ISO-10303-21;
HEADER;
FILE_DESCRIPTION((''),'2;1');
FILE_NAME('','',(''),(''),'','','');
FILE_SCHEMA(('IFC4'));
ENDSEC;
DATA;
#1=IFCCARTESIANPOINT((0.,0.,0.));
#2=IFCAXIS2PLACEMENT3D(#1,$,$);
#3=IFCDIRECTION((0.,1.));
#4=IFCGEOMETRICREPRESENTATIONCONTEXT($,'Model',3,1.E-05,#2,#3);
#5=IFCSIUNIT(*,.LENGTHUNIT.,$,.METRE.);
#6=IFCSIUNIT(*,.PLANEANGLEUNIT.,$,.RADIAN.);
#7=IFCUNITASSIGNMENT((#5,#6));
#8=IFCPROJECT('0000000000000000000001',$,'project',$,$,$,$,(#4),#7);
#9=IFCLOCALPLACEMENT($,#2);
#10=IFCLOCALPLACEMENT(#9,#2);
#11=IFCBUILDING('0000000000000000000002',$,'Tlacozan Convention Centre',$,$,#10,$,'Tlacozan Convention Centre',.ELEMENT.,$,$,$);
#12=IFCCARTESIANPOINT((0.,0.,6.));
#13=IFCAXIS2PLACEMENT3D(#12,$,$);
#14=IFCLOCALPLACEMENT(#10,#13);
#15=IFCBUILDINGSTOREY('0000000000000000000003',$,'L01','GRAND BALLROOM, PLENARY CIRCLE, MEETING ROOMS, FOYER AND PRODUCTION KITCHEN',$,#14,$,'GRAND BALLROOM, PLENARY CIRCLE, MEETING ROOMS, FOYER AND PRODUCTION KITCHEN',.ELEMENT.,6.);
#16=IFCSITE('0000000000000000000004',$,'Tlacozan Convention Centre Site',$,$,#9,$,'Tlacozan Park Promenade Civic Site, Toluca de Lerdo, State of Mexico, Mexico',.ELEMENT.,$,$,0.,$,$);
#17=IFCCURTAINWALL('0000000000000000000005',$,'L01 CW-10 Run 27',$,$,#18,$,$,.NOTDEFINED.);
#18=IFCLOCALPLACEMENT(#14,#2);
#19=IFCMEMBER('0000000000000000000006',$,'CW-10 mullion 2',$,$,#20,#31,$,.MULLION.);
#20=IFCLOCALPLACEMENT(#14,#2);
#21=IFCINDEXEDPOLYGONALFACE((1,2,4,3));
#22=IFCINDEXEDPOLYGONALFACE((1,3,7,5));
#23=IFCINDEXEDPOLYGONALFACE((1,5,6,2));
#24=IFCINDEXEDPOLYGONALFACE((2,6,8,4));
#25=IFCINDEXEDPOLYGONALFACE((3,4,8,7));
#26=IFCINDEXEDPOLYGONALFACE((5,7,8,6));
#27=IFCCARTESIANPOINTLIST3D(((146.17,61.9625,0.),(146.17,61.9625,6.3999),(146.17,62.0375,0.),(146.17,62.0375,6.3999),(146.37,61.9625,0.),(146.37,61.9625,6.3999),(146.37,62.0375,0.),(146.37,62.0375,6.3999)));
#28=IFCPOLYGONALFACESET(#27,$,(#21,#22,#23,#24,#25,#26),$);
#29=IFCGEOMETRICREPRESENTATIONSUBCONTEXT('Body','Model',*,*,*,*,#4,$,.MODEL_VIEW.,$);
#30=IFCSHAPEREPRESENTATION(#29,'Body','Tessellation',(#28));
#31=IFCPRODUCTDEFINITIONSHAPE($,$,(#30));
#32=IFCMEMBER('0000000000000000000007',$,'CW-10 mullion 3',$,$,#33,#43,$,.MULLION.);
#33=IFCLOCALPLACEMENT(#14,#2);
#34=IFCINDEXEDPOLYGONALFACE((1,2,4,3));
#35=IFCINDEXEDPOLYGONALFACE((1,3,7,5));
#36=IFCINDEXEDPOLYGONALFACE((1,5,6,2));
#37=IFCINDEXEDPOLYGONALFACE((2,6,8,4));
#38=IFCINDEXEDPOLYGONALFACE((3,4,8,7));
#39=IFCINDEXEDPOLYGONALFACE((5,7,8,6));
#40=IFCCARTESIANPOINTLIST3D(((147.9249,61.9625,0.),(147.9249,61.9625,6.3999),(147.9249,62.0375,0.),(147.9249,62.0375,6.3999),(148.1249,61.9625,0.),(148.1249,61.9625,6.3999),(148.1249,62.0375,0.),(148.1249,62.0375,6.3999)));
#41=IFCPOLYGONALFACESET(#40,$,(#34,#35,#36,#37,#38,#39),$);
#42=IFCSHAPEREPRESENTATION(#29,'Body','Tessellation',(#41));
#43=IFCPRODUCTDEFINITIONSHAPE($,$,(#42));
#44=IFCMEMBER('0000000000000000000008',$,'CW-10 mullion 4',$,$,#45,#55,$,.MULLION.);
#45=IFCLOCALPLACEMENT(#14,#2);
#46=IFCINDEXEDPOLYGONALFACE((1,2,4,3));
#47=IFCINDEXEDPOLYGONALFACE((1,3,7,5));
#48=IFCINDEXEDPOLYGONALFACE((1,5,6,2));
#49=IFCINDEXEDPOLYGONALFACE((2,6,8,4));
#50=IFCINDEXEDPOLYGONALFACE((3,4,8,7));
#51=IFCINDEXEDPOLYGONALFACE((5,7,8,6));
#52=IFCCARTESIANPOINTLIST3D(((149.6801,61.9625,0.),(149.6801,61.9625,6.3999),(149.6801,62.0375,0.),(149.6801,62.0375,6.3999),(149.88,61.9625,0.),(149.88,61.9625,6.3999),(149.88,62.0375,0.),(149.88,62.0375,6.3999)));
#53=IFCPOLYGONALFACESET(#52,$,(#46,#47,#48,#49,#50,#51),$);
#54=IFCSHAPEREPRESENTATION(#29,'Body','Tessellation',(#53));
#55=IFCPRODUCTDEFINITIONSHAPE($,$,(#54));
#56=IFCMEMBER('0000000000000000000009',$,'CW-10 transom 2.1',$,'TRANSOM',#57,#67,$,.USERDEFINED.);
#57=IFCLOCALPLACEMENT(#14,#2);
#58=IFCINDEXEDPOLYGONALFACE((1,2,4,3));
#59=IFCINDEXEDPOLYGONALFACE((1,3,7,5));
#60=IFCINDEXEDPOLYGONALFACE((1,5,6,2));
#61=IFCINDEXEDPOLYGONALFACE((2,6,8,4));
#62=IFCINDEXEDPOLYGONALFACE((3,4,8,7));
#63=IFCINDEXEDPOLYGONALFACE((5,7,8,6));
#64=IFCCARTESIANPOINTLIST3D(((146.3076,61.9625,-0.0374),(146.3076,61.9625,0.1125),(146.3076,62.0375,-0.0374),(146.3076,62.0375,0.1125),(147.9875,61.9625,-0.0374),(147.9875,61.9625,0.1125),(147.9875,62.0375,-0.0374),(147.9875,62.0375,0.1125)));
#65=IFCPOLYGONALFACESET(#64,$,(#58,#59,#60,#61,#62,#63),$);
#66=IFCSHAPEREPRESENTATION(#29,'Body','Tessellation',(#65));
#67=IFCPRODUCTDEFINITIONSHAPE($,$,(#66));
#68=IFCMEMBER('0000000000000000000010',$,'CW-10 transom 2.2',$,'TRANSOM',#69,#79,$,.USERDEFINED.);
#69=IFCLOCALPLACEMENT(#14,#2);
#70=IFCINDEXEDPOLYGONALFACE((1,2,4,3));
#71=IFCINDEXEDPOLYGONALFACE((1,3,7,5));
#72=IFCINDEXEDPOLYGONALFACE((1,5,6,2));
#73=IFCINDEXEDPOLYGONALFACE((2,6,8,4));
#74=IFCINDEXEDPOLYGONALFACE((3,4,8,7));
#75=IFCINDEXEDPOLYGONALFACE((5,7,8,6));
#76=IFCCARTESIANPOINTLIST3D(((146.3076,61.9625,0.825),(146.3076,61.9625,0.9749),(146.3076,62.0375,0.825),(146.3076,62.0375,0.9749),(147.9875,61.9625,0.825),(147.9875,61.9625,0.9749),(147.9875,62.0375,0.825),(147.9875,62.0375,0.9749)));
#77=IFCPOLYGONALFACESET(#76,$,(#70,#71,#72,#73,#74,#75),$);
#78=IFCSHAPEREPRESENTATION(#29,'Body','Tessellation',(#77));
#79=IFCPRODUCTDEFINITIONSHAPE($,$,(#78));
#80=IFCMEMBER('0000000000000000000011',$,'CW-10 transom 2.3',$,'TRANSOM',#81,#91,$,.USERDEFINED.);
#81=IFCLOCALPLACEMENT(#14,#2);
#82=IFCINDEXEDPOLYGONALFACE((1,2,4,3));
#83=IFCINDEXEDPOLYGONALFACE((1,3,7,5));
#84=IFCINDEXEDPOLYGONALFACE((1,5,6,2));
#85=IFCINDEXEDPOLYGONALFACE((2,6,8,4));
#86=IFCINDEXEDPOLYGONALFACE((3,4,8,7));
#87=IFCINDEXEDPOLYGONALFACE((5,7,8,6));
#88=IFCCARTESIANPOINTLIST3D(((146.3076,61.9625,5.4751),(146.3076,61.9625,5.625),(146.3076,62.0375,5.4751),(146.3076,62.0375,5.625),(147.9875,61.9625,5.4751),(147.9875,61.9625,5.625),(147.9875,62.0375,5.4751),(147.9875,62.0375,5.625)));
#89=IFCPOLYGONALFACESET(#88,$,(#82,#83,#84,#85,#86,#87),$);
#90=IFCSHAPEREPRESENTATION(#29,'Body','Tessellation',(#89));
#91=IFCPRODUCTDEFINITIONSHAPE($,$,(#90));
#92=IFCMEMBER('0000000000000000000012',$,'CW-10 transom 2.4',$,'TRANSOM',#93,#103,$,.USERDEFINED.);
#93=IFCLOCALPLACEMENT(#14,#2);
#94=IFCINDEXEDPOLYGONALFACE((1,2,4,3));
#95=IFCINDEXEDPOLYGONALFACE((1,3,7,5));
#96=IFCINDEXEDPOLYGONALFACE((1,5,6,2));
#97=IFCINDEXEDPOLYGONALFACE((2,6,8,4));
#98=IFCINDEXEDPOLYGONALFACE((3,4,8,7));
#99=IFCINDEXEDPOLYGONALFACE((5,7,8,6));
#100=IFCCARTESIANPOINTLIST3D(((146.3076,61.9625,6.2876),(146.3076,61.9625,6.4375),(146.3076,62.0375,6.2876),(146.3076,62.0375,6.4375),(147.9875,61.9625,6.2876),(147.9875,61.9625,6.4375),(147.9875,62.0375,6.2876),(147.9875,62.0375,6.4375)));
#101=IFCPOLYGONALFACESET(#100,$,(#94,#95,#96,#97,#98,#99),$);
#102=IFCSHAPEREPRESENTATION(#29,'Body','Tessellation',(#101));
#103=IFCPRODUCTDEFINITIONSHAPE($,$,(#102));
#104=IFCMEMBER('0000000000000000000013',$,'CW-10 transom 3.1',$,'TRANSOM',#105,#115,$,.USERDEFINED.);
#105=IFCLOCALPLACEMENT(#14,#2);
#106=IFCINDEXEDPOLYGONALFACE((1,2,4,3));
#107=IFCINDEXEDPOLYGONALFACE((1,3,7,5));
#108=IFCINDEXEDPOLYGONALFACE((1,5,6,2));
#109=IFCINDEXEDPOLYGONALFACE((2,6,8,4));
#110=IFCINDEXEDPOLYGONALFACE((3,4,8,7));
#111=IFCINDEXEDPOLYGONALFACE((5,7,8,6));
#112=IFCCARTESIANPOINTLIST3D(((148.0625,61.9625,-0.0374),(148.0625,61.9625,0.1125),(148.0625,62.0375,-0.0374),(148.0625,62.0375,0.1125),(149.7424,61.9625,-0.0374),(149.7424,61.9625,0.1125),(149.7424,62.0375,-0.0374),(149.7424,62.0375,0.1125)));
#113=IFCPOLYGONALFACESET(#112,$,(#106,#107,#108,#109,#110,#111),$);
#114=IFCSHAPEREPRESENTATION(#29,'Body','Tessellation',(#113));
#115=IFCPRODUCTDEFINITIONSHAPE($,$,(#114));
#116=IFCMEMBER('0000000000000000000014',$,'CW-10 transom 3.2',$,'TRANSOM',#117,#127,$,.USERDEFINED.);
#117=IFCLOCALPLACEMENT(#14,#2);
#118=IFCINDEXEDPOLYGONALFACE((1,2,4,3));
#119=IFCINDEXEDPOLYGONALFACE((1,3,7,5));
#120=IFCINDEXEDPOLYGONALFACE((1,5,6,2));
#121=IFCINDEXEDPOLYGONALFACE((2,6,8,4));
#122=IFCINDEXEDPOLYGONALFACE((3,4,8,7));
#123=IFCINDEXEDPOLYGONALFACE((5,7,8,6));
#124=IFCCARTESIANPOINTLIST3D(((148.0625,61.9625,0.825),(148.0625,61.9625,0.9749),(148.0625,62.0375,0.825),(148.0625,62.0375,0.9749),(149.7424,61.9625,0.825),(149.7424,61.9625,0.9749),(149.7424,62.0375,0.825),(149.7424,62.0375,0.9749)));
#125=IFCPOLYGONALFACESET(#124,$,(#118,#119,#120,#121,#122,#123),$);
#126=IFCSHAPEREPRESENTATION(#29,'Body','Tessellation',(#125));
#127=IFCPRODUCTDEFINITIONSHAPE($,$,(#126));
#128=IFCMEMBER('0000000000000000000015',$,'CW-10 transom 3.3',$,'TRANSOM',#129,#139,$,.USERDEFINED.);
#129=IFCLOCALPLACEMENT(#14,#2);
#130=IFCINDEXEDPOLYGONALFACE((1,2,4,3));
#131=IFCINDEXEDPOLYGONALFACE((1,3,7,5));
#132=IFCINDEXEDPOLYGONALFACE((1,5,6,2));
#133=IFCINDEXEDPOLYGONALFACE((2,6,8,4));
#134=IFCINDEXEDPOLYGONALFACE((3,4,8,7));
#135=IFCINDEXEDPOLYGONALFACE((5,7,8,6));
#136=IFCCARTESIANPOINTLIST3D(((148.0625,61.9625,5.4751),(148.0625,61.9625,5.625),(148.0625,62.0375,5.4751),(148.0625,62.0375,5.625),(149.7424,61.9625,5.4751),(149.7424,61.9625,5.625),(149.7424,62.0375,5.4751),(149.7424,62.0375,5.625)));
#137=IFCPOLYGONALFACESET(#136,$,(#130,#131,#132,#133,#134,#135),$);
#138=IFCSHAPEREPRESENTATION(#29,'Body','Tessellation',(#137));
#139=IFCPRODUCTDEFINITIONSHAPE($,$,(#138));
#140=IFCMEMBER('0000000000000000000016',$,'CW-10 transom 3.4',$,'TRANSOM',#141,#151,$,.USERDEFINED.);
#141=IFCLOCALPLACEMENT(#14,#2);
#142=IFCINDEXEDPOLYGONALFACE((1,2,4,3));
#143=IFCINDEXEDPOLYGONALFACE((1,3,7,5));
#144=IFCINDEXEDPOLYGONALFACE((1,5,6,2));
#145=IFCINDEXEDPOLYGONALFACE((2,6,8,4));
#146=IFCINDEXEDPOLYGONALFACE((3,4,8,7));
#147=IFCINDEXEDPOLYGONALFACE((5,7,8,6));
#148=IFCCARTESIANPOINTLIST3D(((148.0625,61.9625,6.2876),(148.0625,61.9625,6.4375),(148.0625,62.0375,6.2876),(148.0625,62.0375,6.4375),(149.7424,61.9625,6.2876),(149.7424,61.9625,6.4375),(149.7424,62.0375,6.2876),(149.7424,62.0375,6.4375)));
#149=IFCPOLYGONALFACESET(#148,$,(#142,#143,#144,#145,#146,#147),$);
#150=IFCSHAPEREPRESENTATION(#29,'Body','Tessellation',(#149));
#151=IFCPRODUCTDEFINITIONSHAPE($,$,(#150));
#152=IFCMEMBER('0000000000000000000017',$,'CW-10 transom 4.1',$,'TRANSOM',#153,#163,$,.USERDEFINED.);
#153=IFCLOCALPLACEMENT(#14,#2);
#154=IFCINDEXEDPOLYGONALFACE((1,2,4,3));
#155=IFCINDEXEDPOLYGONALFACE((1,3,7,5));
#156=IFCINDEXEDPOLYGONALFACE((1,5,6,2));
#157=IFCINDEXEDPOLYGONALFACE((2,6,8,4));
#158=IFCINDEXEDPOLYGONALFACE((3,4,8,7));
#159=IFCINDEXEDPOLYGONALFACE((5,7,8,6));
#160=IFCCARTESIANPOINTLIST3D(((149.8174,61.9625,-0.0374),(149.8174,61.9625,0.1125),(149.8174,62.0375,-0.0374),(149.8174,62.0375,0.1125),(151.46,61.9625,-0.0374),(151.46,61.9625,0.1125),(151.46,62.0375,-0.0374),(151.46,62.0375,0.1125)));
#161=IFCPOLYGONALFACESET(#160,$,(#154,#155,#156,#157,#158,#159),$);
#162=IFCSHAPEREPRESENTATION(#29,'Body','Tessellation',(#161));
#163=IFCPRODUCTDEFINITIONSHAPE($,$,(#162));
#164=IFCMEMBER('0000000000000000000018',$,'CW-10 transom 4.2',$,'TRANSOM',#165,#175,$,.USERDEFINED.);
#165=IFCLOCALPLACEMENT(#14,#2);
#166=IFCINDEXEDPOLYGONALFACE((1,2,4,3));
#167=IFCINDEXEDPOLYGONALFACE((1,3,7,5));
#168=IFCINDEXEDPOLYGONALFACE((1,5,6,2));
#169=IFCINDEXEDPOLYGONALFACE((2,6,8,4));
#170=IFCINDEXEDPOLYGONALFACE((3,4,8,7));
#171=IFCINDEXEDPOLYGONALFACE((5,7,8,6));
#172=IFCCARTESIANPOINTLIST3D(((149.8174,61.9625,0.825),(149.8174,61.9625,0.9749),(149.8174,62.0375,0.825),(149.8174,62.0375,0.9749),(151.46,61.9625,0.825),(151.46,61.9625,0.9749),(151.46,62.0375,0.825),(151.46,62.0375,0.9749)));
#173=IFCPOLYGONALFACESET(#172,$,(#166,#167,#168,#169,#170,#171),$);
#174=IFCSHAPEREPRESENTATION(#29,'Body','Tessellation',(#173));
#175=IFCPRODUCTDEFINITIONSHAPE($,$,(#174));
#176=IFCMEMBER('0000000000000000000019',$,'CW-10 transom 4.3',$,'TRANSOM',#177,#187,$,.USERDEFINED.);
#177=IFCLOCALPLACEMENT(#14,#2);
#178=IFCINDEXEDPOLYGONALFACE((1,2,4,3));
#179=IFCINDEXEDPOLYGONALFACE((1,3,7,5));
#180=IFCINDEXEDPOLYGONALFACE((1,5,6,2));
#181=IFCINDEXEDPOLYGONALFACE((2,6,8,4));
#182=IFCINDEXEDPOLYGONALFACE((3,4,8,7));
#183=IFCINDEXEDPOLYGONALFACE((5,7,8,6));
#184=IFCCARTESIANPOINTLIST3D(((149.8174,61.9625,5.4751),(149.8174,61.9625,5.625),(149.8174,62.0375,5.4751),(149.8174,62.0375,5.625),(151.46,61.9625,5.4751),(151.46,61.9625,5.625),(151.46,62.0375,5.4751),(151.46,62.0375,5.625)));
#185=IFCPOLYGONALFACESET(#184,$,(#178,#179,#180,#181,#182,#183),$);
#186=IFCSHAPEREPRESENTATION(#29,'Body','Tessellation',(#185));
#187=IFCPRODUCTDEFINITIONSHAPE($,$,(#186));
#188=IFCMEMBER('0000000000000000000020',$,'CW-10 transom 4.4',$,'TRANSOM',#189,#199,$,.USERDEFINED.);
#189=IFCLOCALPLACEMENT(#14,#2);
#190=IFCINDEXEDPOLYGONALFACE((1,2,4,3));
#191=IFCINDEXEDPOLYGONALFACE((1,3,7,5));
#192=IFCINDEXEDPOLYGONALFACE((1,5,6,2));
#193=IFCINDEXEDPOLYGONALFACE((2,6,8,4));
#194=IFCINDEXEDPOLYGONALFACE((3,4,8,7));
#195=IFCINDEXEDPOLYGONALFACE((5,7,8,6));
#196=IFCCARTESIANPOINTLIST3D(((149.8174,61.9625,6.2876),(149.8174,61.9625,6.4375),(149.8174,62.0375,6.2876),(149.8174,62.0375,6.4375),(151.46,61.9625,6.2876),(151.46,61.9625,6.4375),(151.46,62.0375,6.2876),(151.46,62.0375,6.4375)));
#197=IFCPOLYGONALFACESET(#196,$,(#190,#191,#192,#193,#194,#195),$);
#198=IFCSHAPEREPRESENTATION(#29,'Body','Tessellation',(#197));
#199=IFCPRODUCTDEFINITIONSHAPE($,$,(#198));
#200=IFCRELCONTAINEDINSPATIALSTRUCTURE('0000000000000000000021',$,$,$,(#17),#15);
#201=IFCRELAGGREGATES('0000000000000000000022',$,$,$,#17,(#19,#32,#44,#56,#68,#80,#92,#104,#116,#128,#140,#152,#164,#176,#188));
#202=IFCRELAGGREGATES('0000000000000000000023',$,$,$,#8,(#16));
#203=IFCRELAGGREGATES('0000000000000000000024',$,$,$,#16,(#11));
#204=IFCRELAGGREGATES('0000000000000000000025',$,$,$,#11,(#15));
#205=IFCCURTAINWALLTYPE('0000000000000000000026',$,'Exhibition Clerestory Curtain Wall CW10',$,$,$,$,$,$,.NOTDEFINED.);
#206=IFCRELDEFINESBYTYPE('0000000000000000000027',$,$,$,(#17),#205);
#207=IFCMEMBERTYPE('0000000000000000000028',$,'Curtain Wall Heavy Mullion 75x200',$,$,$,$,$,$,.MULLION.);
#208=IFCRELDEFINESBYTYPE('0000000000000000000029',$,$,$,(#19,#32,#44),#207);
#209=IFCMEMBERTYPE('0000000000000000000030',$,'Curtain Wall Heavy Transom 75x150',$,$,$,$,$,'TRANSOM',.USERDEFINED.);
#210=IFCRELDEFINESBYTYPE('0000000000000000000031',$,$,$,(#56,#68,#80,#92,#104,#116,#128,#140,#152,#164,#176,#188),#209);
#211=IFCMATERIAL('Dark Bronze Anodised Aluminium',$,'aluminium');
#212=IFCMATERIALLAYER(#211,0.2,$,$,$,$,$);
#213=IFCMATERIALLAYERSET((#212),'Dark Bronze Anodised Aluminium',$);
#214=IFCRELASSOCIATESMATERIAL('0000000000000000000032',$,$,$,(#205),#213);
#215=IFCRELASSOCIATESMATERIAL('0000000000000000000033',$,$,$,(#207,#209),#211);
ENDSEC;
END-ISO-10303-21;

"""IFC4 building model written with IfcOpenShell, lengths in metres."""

from ifc_helpers import new_model, si_unit, direction, frame, origin, origin_2d, place, context, subcontext, project, spatial, rectangle, extrude, material, layer, layer_set, material_profile, profile_set, type_object, element, aggregate, save


model = new_model("IFC4")

# Units and contexts
model_context = context("Model", 3, precision=1e-05, world=origin(), true_north=direction((0.0, 1.0)))
body_context = subcontext(model_context, "Body", "Model", "MODEL_VIEW")
ifc_project = project(units=[si_unit("LENGTHUNIT", "METRE"), si_unit("PLANEANGLEUNIT", "RADIAN")], contexts=[model_context])

# Site, building, storey
site_placement = place(None, origin())
site = spatial("IfcSite", under=ifc_project, at=site_placement, Name="Tlacozan Convention Centre Site", LongName="Tlacozan Park Promenade Civic Site, Toluca de Lerdo, State of Mexico, Mexico", CompositionType="ELEMENT", RefElevation=0.0)
building_placement = place(site_placement, origin())
building = spatial("IfcBuilding", under=site, at=building_placement, Name="Tlacozan Convention Centre", LongName="Tlacozan Convention Centre", CompositionType="ELEMENT")
storey_placement = place(building_placement, frame((0.0, 0.0, 6.0)))
storey = spatial("IfcBuildingStorey", under=building, at=storey_placement, Name="L01", Description="GRAND BALLROOM, PLENARY CIRCLE, MEETING ROOMS, FOYER AND PRODUCTION KITCHEN", LongName="GRAND BALLROOM, PLENARY CIRCLE, MEETING ROOMS, FOYER AND PRODUCTION KITCHEN", CompositionType="ELEMENT", Elevation=6.0)

# Curtain wall, members
ifc_material_1 = material(Name="Dark Bronze Anodised Aluminium", Category="aluminium")
ifc_layer_1 = layer(ifc_material_1, 0.2)
ifc_layer_set_1 = layer_set([ifc_layer_1], Name="Dark Bronze Anodised Aluminium")
curtain_wall_type = type_object("IfcCurtainWallType", Name="Exhibition Clerestory Curtain Wall CW10", PredefinedType="NOTDEFINED", material=ifc_layer_set_1)
curtain_wall_placement = place(storey_placement, origin())
curtain_wall = element("IfcCurtainWall", 1, at=curtain_wall_placement, inside=storey, type_object=curtain_wall_type, Name="L01 CW-10 Run 27", PredefinedType="NOTDEFINED")
ifc_material_profile_1 = material_profile(ifc_material_1, rectangle(XDim=0.075, YDim=0.2, at=origin_2d()), Name="ALU 75x200")
ifc_profile_set_1 = profile_set([ifc_material_profile_1], Name="Dark Bronze Anodised Aluminium")
member_type_1 = type_object("IfcMemberType", Name="Curtain Wall Heavy Mullion 75x200", PredefinedType="MULLION", material=ifc_profile_set_1)
member_1_placement = place(storey_placement, frame((146.27, 62.0, 0.0), z_axis=(0.0, 0.0, 1.0), x_axis=(0.0, 1.0, 0.0)))
member_1 = element("IfcMember", 2, at=member_1_placement, type_object=member_type_1, Name="CW-10 mullion 2", PredefinedType="MULLION", context=body_context, shape_type="SweptSolid", body=[
    extrude(rectangle(XDim=0.075, YDim=0.2, at=origin_2d()), origin(), (0.0, 0.0, 1.0), 6.3999),
])
member_2_placement = place(storey_placement, frame((148.0249, 62.0, 0.0), z_axis=(0.0, 0.0, 1.0), x_axis=(0.0, 1.0, 0.0)))
member_2 = element("IfcMember", 3, at=member_2_placement, type_object=member_type_1, Name="CW-10 mullion 3", PredefinedType="MULLION", context=body_context, shape_type="SweptSolid", body=[
    extrude(rectangle(XDim=0.075, YDim=0.2, at=origin_2d()), origin(), (0.0, 0.0, 1.0), 6.3999),
])
member_3_placement = place(storey_placement, frame((149.78, 62.0, 0.0), z_axis=(0.0, 0.0, 1.0), x_axis=(0.0, 1.0, 0.0)))
member_3 = element("IfcMember", 4, at=member_3_placement, type_object=member_type_1, Name="CW-10 mullion 4", PredefinedType="MULLION", context=body_context, shape_type="SweptSolid", body=[
    extrude(rectangle(XDim=0.075, YDim=0.2, at=origin_2d()), origin(), (0.0, 0.0, 1.0), 6.3999),
])
ifc_material_profile_2 = material_profile(ifc_material_1, rectangle(XDim=0.075, YDim=0.1499, at=origin_2d()), Name="ALU 75x150")
ifc_profile_set_2 = profile_set([ifc_material_profile_2], Name="Dark Bronze Anodised Aluminium")
member_type_2 = type_object("IfcMemberType", Name="Curtain Wall Heavy Transom 75x150", ElementType="TRANSOM", PredefinedType="USERDEFINED", material=ifc_profile_set_2)
member_4_placement = place(storey_placement, frame((146.3076, 62.0, 0.0376), z_axis=(1.0, 0.0, 0.0), x_axis=(0.0, 1.0, 0.0)))
member_4 = element("IfcMember", 5, at=member_4_placement, type_object=member_type_2, Name="CW-10 transom 2.1", ObjectType="TRANSOM", PredefinedType="USERDEFINED", context=body_context, shape_type="SweptSolid", body=[
    extrude(rectangle(XDim=0.075, YDim=0.1499, at=origin_2d()), origin(), (0.0, 0.0, 1.0), 1.6799),
])
member_5_placement = place(storey_placement, frame((146.3076, 62.0, 0.8999), z_axis=(1.0, 0.0, 0.0), x_axis=(0.0, 1.0, 0.0)))
member_5 = element("IfcMember", 6, at=member_5_placement, type_object=member_type_2, Name="CW-10 transom 2.2", ObjectType="TRANSOM", PredefinedType="USERDEFINED", context=body_context, shape_type="SweptSolid", body=[
    extrude(rectangle(XDim=0.075, YDim=0.1499, at=origin_2d()), origin(), (0.0, 0.0, 1.0), 1.6799),
])
member_6_placement = place(storey_placement, frame((146.3076, 62.0, 5.55), z_axis=(1.0, 0.0, 0.0), x_axis=(0.0, 1.0, 0.0)))
member_6 = element("IfcMember", 7, at=member_6_placement, type_object=member_type_2, Name="CW-10 transom 2.3", ObjectType="TRANSOM", PredefinedType="USERDEFINED", context=body_context, shape_type="SweptSolid", body=[
    extrude(rectangle(XDim=0.075, YDim=0.1499, at=origin_2d()), origin(), (0.0, 0.0, 1.0), 1.6799),
])
member_7_placement = place(storey_placement, frame((146.3076, 62.0, 6.3625), z_axis=(1.0, 0.0, 0.0), x_axis=(0.0, 1.0, 0.0)))
member_7 = element("IfcMember", 8, at=member_7_placement, type_object=member_type_2, Name="CW-10 transom 2.4", ObjectType="TRANSOM", PredefinedType="USERDEFINED", context=body_context, shape_type="SweptSolid", body=[
    extrude(rectangle(XDim=0.075, YDim=0.1499, at=origin_2d()), origin(), (0.0, 0.0, 1.0), 1.6799),
])
member_8_placement = place(storey_placement, frame((148.0625, 62.0, 0.0376), z_axis=(1.0, 0.0, 0.0), x_axis=(0.0, 1.0, 0.0)))
member_8 = element("IfcMember", 9, at=member_8_placement, type_object=member_type_2, Name="CW-10 transom 3.1", ObjectType="TRANSOM", PredefinedType="USERDEFINED", context=body_context, shape_type="SweptSolid", body=[
    extrude(rectangle(XDim=0.075, YDim=0.1499, at=origin_2d()), origin(), (0.0, 0.0, 1.0), 1.6799),
])
member_9_placement = place(storey_placement, frame((148.0625, 62.0, 0.8999), z_axis=(1.0, 0.0, 0.0), x_axis=(0.0, 1.0, 0.0)))
member_9 = element("IfcMember", 10, at=member_9_placement, type_object=member_type_2, Name="CW-10 transom 3.2", ObjectType="TRANSOM", PredefinedType="USERDEFINED", context=body_context, shape_type="SweptSolid", body=[
    extrude(rectangle(XDim=0.075, YDim=0.1499, at=origin_2d()), origin(), (0.0, 0.0, 1.0), 1.6799),
])
member_10_placement = place(storey_placement, frame((148.0625, 62.0, 5.55), z_axis=(1.0, 0.0, 0.0), x_axis=(0.0, 1.0, 0.0)))
member_10 = element("IfcMember", 11, at=member_10_placement, type_object=member_type_2, Name="CW-10 transom 3.3", ObjectType="TRANSOM", PredefinedType="USERDEFINED", context=body_context, shape_type="SweptSolid", body=[
    extrude(rectangle(XDim=0.075, YDim=0.1499, at=origin_2d()), origin(), (0.0, 0.0, 1.0), 1.6799),
])
member_11_placement = place(storey_placement, frame((148.0625, 62.0, 6.3625), z_axis=(1.0, 0.0, 0.0), x_axis=(0.0, 1.0, 0.0)))
member_11 = element("IfcMember", 12, at=member_11_placement, type_object=member_type_2, Name="CW-10 transom 3.4", ObjectType="TRANSOM", PredefinedType="USERDEFINED", context=body_context, shape_type="SweptSolid", body=[
    extrude(rectangle(XDim=0.075, YDim=0.1499, at=origin_2d()), origin(), (0.0, 0.0, 1.0), 1.6799),
])
member_12_placement = place(storey_placement, frame((149.8174, 62.0, 0.0376), z_axis=(1.0, 0.0, 0.0), x_axis=(0.0, 1.0, 0.0)))
member_12 = element("IfcMember", 13, at=member_12_placement, type_object=member_type_2, Name="CW-10 transom 4.1", ObjectType="TRANSOM", PredefinedType="USERDEFINED", context=body_context, shape_type="SweptSolid", body=[
    extrude(rectangle(XDim=0.075, YDim=0.1499, at=origin_2d()), origin(), (0.0, 0.0, 1.0), 1.6426),
])
member_13_placement = place(storey_placement, frame((149.8174, 62.0, 0.8999), z_axis=(1.0, 0.0, 0.0), x_axis=(0.0, 1.0, 0.0)))
member_13 = element("IfcMember", 14, at=member_13_placement, type_object=member_type_2, Name="CW-10 transom 4.2", ObjectType="TRANSOM", PredefinedType="USERDEFINED", context=body_context, shape_type="SweptSolid", body=[
    extrude(rectangle(XDim=0.075, YDim=0.1499, at=origin_2d()), origin(), (0.0, 0.0, 1.0), 1.6426),
])
member_14_placement = place(storey_placement, frame((149.8174, 62.0, 5.55), z_axis=(1.0, 0.0, 0.0), x_axis=(0.0, 1.0, 0.0)))
member_14 = element("IfcMember", 15, at=member_14_placement, type_object=member_type_2, Name="CW-10 transom 4.3", ObjectType="TRANSOM", PredefinedType="USERDEFINED", context=body_context, shape_type="SweptSolid", body=[
    extrude(rectangle(XDim=0.075, YDim=0.1499, at=origin_2d()), origin(), (0.0, 0.0, 1.0), 1.6426),
])
member_15_placement = place(storey_placement, frame((149.8174, 62.0, 6.3625), z_axis=(1.0, 0.0, 0.0), x_axis=(0.0, 1.0, 0.0)))
member_15 = element("IfcMember", 16, at=member_15_placement, type_object=member_type_2, Name="CW-10 transom 4.4", ObjectType="TRANSOM", PredefinedType="USERDEFINED", context=body_context, shape_type="SweptSolid", body=[
    extrude(rectangle(XDim=0.075, YDim=0.1499, at=origin_2d()), origin(), (0.0, 0.0, 1.0), 1.6426),
])
aggregate(curtain_wall, [member_1, member_2, member_3, member_4, member_5, member_6, member_7, member_8, member_9, member_10, member_11, member_12, member_13, member_14, member_15])

save(model, "model.ifc")
